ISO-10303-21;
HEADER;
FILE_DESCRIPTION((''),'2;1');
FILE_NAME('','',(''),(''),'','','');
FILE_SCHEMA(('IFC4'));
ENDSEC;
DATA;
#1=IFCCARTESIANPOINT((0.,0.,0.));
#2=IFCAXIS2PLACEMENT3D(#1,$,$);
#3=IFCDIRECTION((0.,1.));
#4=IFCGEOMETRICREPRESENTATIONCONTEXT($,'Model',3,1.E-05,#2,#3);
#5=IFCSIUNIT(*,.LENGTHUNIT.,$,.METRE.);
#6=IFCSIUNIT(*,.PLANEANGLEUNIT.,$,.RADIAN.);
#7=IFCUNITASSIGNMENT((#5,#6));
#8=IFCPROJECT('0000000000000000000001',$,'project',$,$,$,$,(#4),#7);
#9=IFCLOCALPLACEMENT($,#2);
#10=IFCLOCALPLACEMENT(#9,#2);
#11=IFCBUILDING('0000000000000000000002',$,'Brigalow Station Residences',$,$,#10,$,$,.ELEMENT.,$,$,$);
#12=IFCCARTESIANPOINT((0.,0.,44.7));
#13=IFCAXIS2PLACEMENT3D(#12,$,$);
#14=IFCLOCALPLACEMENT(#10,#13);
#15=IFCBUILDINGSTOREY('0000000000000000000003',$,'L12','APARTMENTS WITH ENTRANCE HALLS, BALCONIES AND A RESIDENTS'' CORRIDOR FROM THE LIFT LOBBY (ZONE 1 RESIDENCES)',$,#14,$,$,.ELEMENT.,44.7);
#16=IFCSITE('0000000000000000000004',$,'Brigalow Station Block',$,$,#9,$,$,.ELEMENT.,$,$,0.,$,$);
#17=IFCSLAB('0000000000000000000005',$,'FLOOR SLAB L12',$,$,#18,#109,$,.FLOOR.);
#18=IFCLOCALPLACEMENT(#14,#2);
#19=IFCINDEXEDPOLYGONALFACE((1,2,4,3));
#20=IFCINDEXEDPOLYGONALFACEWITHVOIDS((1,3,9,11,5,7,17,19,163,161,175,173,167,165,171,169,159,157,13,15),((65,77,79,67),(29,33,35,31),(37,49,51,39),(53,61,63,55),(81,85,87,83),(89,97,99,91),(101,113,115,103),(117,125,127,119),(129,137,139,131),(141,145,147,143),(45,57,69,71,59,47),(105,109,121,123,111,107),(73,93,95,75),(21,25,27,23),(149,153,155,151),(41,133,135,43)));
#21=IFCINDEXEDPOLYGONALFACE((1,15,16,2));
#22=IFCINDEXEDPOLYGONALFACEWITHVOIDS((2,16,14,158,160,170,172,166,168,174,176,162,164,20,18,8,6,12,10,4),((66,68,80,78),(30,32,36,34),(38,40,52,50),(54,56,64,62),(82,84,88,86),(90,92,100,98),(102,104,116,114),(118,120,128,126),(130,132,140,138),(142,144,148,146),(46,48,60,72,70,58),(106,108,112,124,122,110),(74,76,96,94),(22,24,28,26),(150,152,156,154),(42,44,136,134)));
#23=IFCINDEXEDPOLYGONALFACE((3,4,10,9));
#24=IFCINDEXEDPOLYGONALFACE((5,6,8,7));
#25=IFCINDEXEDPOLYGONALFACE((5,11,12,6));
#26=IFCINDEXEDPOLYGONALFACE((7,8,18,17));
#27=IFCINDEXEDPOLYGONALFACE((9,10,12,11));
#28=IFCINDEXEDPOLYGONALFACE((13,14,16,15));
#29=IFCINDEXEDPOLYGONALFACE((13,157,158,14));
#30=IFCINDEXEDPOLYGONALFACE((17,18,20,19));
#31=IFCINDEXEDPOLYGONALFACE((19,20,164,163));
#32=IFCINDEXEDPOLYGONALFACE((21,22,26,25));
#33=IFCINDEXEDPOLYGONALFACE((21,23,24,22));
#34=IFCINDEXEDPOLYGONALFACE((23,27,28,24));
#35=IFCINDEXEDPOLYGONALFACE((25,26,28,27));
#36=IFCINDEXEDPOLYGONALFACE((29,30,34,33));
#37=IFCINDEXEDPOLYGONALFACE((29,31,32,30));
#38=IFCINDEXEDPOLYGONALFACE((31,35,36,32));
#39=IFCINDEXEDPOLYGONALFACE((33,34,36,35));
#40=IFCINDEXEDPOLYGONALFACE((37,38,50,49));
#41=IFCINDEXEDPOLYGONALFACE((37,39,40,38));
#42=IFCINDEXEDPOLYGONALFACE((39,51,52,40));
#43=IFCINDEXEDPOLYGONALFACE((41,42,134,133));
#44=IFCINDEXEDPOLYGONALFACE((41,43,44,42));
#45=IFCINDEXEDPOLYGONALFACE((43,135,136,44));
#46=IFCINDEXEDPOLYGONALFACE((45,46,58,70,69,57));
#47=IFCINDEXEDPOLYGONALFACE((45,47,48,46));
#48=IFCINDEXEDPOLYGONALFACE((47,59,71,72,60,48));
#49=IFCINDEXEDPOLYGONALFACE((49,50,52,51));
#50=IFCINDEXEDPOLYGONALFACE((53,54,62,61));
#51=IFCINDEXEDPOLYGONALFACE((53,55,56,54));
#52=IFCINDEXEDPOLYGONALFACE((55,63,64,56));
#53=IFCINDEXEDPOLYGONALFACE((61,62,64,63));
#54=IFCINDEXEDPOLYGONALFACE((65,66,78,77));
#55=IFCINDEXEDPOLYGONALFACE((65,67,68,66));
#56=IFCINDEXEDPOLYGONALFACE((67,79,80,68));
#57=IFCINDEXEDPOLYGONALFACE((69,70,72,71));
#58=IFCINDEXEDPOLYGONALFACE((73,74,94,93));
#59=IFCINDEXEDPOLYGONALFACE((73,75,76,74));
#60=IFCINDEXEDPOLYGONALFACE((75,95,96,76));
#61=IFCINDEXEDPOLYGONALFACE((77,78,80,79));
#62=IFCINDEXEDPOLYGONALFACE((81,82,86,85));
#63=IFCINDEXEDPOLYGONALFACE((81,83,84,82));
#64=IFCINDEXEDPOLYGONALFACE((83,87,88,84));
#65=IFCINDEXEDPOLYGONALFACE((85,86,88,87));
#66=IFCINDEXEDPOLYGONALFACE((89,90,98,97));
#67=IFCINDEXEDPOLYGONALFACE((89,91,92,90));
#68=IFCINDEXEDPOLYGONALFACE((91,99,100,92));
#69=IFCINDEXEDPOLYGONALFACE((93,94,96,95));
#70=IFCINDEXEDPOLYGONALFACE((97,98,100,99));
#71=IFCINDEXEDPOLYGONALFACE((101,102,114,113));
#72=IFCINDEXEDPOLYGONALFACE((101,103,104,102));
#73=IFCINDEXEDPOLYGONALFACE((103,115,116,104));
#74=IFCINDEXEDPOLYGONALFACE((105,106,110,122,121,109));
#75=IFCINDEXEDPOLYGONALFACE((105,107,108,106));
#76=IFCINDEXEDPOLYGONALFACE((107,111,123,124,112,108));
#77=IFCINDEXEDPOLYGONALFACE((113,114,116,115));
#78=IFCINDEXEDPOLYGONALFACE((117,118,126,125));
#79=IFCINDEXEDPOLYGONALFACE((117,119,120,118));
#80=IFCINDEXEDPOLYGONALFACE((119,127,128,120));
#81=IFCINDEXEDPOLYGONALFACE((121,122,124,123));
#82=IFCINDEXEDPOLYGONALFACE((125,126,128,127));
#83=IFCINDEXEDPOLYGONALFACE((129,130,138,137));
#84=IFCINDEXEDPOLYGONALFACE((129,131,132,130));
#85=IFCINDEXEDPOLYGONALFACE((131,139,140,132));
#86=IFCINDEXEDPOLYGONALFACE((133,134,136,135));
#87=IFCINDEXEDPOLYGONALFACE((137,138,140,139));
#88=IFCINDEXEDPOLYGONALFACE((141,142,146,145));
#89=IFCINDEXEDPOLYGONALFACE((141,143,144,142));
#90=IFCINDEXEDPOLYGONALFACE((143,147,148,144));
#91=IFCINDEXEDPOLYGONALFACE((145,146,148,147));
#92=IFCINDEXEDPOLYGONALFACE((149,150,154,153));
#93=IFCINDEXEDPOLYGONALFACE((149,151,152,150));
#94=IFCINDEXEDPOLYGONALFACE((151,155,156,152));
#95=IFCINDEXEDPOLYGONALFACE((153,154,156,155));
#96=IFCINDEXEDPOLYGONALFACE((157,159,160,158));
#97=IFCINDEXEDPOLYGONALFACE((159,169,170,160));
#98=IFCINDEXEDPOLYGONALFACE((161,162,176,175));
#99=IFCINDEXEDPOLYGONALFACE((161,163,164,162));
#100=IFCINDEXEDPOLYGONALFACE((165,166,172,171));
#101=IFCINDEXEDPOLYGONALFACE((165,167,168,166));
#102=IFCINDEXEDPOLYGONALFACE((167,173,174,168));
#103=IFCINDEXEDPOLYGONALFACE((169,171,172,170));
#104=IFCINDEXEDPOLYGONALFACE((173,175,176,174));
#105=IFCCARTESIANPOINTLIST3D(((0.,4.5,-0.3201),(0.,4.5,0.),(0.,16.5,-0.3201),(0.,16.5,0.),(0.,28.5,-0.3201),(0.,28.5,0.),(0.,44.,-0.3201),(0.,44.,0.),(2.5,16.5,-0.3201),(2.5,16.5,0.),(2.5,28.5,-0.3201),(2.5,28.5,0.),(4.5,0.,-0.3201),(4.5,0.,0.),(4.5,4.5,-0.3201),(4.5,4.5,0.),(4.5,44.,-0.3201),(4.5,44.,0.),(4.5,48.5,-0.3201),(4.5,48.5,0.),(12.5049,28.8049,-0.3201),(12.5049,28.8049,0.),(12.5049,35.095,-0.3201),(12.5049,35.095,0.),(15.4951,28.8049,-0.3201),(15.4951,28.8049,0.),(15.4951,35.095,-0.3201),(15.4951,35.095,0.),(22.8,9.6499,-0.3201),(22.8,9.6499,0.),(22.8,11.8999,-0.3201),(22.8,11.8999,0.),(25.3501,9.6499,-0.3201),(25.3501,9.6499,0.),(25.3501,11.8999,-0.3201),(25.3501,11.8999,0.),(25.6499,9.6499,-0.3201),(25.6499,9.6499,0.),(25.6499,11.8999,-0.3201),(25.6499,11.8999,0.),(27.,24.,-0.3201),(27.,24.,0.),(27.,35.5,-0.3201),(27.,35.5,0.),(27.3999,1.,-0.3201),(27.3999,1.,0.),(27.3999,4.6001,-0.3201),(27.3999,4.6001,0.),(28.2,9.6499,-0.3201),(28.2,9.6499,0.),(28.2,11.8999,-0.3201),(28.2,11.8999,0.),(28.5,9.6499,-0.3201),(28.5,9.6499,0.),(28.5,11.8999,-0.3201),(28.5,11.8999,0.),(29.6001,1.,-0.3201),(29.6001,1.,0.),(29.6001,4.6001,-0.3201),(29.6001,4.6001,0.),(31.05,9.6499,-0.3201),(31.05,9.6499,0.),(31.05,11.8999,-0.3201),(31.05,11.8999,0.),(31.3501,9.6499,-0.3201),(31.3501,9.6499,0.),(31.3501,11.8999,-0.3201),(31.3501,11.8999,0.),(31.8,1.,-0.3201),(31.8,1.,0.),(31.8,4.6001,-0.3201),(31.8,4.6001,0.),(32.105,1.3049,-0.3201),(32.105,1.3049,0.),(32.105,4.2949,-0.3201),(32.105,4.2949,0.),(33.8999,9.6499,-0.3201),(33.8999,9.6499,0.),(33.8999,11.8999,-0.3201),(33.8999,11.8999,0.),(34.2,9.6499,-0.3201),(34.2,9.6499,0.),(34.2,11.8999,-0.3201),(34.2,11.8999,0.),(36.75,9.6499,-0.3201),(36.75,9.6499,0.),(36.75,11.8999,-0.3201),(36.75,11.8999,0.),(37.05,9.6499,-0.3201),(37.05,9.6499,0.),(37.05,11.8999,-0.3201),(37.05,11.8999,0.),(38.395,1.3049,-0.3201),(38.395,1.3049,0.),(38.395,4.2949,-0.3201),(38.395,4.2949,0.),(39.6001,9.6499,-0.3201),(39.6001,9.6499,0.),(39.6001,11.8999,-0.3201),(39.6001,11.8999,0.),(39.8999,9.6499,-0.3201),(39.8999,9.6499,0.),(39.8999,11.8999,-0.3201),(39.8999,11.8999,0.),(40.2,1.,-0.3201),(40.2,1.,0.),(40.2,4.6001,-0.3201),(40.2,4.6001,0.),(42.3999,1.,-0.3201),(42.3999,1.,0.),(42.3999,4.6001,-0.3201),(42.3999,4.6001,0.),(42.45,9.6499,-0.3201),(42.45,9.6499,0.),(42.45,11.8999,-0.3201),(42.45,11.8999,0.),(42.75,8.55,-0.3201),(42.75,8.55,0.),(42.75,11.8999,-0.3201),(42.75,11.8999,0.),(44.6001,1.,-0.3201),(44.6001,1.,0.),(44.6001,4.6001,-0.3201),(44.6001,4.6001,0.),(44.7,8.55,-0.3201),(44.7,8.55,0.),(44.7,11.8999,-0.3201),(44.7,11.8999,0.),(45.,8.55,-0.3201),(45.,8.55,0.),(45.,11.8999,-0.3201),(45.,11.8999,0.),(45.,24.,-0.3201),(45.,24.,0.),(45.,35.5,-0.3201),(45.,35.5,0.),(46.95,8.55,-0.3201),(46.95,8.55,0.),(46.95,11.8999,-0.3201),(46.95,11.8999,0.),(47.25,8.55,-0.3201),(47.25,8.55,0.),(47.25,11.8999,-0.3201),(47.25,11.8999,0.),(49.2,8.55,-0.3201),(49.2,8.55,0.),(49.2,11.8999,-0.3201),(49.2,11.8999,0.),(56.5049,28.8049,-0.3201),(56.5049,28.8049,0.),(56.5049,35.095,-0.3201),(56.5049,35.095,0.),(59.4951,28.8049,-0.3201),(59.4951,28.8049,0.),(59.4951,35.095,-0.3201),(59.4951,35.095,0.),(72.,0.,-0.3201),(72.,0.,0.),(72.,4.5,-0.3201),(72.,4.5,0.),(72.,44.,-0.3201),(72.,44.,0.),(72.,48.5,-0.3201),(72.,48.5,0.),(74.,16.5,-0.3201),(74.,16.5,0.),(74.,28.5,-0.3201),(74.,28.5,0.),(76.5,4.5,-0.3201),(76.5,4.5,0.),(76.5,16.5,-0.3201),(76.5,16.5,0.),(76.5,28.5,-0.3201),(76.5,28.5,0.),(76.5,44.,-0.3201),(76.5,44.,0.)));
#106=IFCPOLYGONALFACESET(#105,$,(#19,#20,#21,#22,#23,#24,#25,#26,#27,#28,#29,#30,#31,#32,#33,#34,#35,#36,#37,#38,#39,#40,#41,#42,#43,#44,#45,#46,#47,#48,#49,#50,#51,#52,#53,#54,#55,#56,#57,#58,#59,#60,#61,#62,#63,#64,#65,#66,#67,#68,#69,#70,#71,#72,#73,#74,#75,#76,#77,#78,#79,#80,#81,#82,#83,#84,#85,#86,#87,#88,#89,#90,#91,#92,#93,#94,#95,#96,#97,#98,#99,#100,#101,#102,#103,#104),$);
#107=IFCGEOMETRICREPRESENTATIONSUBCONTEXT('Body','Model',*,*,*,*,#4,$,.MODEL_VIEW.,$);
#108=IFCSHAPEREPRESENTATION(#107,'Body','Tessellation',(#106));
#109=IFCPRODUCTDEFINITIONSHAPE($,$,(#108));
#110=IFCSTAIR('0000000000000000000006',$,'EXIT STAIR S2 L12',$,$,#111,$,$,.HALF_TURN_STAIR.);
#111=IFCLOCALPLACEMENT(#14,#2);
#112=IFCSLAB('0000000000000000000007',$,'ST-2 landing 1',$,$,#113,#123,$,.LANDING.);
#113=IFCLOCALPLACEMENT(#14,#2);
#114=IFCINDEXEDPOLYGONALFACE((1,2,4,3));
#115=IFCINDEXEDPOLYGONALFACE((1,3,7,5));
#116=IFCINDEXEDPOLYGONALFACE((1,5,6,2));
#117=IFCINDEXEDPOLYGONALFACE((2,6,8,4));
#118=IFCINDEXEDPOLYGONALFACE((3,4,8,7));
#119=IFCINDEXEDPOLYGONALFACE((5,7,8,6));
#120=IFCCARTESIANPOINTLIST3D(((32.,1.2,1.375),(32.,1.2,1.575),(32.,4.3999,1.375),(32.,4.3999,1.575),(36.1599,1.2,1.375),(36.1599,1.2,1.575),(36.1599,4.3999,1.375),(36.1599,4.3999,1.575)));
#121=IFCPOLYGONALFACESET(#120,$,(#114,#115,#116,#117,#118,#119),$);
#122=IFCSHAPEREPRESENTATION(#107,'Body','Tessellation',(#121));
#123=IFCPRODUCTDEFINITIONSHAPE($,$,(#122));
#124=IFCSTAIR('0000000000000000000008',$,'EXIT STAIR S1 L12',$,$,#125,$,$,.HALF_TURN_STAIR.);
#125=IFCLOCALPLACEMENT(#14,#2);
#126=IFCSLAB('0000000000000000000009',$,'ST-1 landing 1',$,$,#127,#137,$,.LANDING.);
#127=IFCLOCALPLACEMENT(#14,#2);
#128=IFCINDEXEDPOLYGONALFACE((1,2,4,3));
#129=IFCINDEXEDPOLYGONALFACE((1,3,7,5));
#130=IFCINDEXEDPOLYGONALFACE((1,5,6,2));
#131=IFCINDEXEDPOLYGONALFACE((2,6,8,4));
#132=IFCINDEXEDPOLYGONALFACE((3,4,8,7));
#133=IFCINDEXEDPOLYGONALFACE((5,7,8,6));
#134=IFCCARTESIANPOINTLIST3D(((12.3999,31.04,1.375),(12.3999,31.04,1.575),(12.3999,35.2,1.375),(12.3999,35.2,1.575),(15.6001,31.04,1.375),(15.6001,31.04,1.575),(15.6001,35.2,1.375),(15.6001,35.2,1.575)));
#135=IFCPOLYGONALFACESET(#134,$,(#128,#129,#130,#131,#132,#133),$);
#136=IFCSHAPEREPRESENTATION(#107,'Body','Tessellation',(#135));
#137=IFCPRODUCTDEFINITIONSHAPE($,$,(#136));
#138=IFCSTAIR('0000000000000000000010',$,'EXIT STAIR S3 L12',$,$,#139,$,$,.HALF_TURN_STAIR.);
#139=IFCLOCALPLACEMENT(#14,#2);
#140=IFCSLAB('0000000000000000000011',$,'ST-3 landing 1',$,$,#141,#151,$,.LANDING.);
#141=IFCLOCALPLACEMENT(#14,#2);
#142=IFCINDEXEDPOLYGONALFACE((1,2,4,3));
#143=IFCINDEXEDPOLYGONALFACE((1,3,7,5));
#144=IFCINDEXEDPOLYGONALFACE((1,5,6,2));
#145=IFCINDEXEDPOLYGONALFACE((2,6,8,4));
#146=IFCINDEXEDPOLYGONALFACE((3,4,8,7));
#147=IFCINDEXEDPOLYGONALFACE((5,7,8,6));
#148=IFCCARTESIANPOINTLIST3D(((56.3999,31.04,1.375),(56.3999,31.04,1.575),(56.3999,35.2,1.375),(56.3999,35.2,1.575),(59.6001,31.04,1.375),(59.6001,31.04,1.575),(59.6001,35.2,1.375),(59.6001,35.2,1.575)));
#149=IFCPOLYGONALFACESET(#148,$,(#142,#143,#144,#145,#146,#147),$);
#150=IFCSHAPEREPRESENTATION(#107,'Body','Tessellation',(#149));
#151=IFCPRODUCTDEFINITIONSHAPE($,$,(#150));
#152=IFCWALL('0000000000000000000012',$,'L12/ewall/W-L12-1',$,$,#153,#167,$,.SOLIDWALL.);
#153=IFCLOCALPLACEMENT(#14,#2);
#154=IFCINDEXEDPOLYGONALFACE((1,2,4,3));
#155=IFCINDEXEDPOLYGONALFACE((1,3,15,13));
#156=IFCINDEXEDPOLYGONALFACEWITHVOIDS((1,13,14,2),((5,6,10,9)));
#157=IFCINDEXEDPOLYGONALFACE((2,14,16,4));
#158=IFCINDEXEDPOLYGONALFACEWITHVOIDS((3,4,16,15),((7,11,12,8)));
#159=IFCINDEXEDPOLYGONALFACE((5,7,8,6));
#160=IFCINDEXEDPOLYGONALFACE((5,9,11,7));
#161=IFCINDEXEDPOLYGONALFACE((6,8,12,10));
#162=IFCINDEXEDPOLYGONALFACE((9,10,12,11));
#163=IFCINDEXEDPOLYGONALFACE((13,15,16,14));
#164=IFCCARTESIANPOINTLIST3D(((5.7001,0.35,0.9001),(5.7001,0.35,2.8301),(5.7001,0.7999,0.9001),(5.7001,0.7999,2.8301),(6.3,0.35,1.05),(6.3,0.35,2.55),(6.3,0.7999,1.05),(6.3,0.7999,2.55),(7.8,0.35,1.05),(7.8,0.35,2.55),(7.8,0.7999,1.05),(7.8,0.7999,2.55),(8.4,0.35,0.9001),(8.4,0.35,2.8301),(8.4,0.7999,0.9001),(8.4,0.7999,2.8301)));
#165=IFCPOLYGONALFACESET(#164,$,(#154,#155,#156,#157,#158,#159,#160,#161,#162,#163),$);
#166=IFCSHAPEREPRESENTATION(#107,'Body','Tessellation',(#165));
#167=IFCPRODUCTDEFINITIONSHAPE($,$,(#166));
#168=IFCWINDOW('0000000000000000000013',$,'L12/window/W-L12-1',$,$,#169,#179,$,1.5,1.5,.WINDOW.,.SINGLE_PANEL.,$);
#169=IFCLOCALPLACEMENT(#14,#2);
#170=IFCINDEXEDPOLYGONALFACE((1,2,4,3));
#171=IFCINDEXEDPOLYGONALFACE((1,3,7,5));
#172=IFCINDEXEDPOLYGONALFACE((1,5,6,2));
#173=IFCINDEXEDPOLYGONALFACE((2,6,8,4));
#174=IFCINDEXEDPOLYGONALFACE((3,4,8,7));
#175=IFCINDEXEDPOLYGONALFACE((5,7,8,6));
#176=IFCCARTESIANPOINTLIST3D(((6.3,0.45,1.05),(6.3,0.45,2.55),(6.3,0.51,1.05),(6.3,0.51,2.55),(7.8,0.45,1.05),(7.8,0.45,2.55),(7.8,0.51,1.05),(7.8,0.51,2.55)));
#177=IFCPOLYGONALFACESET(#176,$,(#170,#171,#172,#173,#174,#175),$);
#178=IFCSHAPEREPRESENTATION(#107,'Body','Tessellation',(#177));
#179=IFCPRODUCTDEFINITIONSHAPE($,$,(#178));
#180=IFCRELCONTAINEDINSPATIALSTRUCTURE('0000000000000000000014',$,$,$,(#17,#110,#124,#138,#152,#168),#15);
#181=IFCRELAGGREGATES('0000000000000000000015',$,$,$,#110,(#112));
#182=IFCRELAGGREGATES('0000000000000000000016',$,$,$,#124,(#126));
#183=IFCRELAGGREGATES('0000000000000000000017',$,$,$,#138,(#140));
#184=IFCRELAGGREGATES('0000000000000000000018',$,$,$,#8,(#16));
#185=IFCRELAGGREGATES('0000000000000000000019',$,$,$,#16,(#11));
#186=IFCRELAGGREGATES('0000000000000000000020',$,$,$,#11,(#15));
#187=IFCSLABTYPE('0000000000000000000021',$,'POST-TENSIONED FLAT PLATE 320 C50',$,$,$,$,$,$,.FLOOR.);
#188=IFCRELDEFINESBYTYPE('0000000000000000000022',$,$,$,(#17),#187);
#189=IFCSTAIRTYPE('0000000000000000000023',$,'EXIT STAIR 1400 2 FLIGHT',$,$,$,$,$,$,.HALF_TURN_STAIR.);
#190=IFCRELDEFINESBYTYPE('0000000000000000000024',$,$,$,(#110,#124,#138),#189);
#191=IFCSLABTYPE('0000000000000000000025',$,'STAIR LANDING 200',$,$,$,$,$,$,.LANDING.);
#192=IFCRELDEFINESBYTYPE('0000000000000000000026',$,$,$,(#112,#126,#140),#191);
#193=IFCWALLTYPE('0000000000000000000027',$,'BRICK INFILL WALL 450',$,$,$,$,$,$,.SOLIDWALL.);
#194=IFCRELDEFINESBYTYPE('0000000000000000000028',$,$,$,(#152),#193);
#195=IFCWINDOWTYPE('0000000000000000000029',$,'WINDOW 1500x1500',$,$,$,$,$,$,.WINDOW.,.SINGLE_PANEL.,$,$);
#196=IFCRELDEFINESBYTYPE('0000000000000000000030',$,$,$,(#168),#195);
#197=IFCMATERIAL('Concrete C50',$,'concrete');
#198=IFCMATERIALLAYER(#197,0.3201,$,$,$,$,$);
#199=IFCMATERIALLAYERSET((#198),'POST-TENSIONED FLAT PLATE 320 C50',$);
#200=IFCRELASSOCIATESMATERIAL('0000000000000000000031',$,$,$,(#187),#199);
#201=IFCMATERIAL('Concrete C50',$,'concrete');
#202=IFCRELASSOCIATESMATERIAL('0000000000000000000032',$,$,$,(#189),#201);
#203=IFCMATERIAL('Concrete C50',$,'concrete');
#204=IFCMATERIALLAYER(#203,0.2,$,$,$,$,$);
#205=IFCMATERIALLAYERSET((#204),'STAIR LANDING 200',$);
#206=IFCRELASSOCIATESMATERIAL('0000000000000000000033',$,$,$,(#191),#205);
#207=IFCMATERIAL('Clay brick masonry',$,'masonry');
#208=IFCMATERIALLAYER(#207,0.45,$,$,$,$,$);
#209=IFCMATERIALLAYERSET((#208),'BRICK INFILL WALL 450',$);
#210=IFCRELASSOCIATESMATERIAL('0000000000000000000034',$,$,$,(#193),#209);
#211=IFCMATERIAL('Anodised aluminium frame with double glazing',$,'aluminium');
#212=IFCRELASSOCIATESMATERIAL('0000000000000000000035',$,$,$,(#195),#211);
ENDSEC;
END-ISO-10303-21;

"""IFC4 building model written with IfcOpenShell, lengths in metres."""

from ifc_helpers import new_model, si_unit, direction, frame, frame_2d, origin, place, context, subcontext, project, spatial, polyline, rectangle, outline, extrude, material, layer, layer_set, type_object, element, fill, aggregate, save


model = new_model("IFC4")

# Units and contexts
model_context = context("Model", 3, precision=1e-05, world=origin(), true_north=direction((0.0, 1.0)))
body_context = subcontext(model_context, "Body", "Model", "MODEL_VIEW")
ifc_project = project(units=[si_unit("LENGTHUNIT", "METRE"), si_unit("PLANEANGLEUNIT", "RADIAN")], contexts=[model_context])

# Site, building, storey
site_placement = place(None, origin())
site = spatial("IfcSite", under=ifc_project, at=site_placement, Name="Brigalow Station Block", CompositionType="ELEMENT", RefElevation=0.0)
building_placement = place(site_placement, origin())
building = spatial("IfcBuilding", under=site, at=building_placement, Name="Brigalow Station Residences", CompositionType="ELEMENT")
storey_placement = place(building_placement, frame((0.0, 0.0, 44.7)))
storey = spatial("IfcBuildingStorey", under=building, at=storey_placement, Name="L12", Description="APARTMENTS WITH ENTRANCE HALLS, BALCONIES AND A RESIDENTS' CORRIDOR FROM THE LIFT LOBBY (ZONE 1 RESIDENCES)", CompositionType="ELEMENT", Elevation=44.7)

# Slab
ifc_material_1 = material(Name="Concrete C50", Category="concrete")
ifc_layer_1 = layer(ifc_material_1, 0.3201)
ifc_layer_set_1 = layer_set([ifc_layer_1], Name="POST-TENSIONED FLAT PLATE 320 C50")
slab_type_1 = type_object("IfcSlabType", Name="POST-TENSIONED FLAT PLATE 320 C50", PredefinedType="FLOOR", material=ifc_layer_set_1)
slab_1_placement = place(storey_placement, frame((0.0, 0.0, -0.3201)))
element("IfcSlab", 1, at=slab_1_placement, inside=storey, type_object=slab_type_1, Name="FLOOR SLAB L12", PredefinedType="FLOOR", context=body_context, shape_type="SweptSolid", body=[
    extrude(outline(polyline([(4.5, 0.0), (72.0, 0.0), (72.0, 4.5), (76.5, 4.5), (76.5, 16.5), (74.0, 16.5), (74.0, 28.5), (76.5, 28.5), (76.5, 44.0), (72.0, 44.0), (72.0, 48.5), (4.5, 48.5), (4.5, 44.0), (0.0, 44.0), (0.0, 28.5), (2.5, 28.5), (2.5, 16.5), (0.0, 16.5), (0.0, 4.5), (4.5, 4.5), (4.5, 0.0)]), holes=[polyline([(15.4951, 35.095), (15.4951, 28.8049), (12.5049, 28.8049), (12.5049, 35.095), (15.4951, 35.095)]), polyline([(22.8, 11.8999), (25.3501, 11.8999), (25.3501, 9.6499), (22.8, 9.6499), (22.8, 11.8999)]), polyline([(25.6499, 11.8999), (28.2, 11.8999), (28.2, 9.6499), (25.6499, 9.6499), (25.6499, 11.8999)]), polyline([(28.5, 11.8999), (31.05, 11.8999), (31.05, 9.6499), (28.5, 9.6499), (28.5, 11.8999)]), polyline([(29.6001, 1.0), (27.3999, 1.0), (27.3999, 4.6001), (29.6001, 4.6001), (31.8, 4.6001), (31.8, 1.0), (29.6001, 1.0)]), polyline([(31.3501, 11.8999), (33.8999, 11.8999), (33.8999, 9.6499), (31.3501, 9.6499), (31.3501, 11.8999)]), polyline([(32.105, 4.2949), (38.395, 4.2949), (38.395, 1.3049), (32.105, 1.3049), (32.105, 4.2949)]), polyline([(36.75, 11.8999), (36.75, 9.6499), (34.2, 9.6499), (34.2, 11.8999), (36.75, 11.8999)]), polyline([(37.05, 11.8999), (39.6001, 11.8999), (39.6001, 9.6499), (37.05, 9.6499), (37.05, 11.8999)]), polyline([(39.8999, 11.8999), (42.45, 11.8999), (42.45, 9.6499), (39.8999, 9.6499), (39.8999, 11.8999)]), polyline([(42.3999, 1.0), (40.2, 1.0), (40.2, 4.6001), (42.3999, 4.6001), (44.6001, 4.6001), (44.6001, 1.0), (42.3999, 1.0)]), polyline([(42.75, 11.8999), (44.7, 11.8999), (44.7, 8.55), (42.75, 8.55), (42.75, 11.8999)]), polyline([(45.0, 11.8999), (46.95, 11.8999), (46.95, 8.55), (45.0, 8.55), (45.0, 11.8999)]), polyline([(45.0, 35.5), (45.0, 24.0), (27.0, 24.0), (27.0, 35.5), (45.0, 35.5)]), polyline([(47.25, 11.8999), (49.2, 11.8999), (49.2, 8.55), (47.25, 8.55), (47.25, 11.8999)]), polyline([(59.4951, 35.095), (59.4951, 28.8049), (56.5049, 28.8049), (56.5049, 35.095), (59.4951, 35.095)])]), origin(), (0.0, 0.0, 1.0), 0.3201),
])

# Stairs, slabs
ifc_material_2 = material(Name="Concrete C50", Category="concrete")
stair_type = type_object("IfcStairType", Name="EXIT STAIR 1400 2 FLIGHT", PredefinedType="HALF_TURN_STAIR", material=ifc_material_2)
stair_1_placement = place(storey_placement, origin())
stair_1 = element("IfcStair", 2, at=stair_1_placement, inside=storey, type_object=stair_type, Name="EXIT STAIR S2 L12", PredefinedType="HALF_TURN_STAIR")
ifc_material_3 = material(Name="Concrete C50", Category="concrete")
ifc_layer_2 = layer(ifc_material_3, 0.2)
ifc_layer_set_2 = layer_set([ifc_layer_2], Name="STAIR LANDING 200")
slab_type_2 = type_object("IfcSlabType", Name="STAIR LANDING 200", PredefinedType="LANDING", material=ifc_layer_set_2)
slab_2_placement = place(storey_placement, frame((0.0, 0.0, 1.375)))
slab_2 = element("IfcSlab", 3, at=slab_2_placement, type_object=slab_type_2, Name="ST-2 landing 1", PredefinedType="LANDING", context=body_context, shape_type="SweptSolid", body=[
    extrude(outline(polyline([(32.0, 1.2), (36.1599, 1.2), (36.1599, 4.3999), (32.0, 4.3999), (32.0, 1.2)])), origin(), (0.0, 0.0, 1.0), 0.2),
])
aggregate(stair_1, [slab_2])
stair_2_placement = place(storey_placement, origin())
stair_2 = element("IfcStair", 4, at=stair_2_placement, inside=storey, type_object=stair_type, Name="EXIT STAIR S1 L12", PredefinedType="HALF_TURN_STAIR")
slab_3_placement = place(storey_placement, frame((0.0, 0.0, 1.375)))
slab_3 = element("IfcSlab", 5, at=slab_3_placement, type_object=slab_type_2, Name="ST-1 landing 1", PredefinedType="LANDING", context=body_context, shape_type="SweptSolid", body=[
    extrude(outline(polyline([(12.3999, 31.04), (15.6001, 31.04), (15.6001, 35.2), (12.3999, 35.2), (12.3999, 31.04)])), origin(), (0.0, 0.0, 1.0), 0.2),
])
aggregate(stair_2, [slab_3])
stair_3_placement = place(storey_placement, origin())
stair_3 = element("IfcStair", 6, at=stair_3_placement, inside=storey, type_object=stair_type, Name="EXIT STAIR S3 L12", PredefinedType="HALF_TURN_STAIR")
slab_4_placement = place(storey_placement, frame((0.0, 0.0, 1.375)))
slab_4 = element("IfcSlab", 7, at=slab_4_placement, type_object=slab_type_2, Name="ST-3 landing 1", PredefinedType="LANDING", context=body_context, shape_type="SweptSolid", body=[
    extrude(outline(polyline([(56.3999, 31.04), (59.6001, 31.04), (59.6001, 35.2), (56.3999, 35.2), (56.3999, 31.04)])), origin(), (0.0, 0.0, 1.0), 0.2),
])
aggregate(stair_3, [slab_4])

# Wall, opening, window
ifc_material_4 = material(Name="Clay brick masonry", Category="masonry")
ifc_layer_3 = layer(ifc_material_4, 0.45)
ifc_layer_set_3 = layer_set([ifc_layer_3], Name="BRICK INFILL WALL 450")
wall_type_1 = type_object("IfcWallType", Name="BRICK INFILL WALL 450", PredefinedType="SOLIDWALL", material=ifc_layer_set_3)
wall_1_placement = place(storey_placement, frame((5.7, 0.575, 0.9001), z_axis=(0.0, 0.0, 1.0), x_axis=(1.0, 0.0, 0.0)))
wall_1 = element("IfcWall", 8, at=wall_1_placement, inside=storey, type_object=wall_type_1, Name="L12/ewall/W-L12-1", PredefinedType="SOLIDWALL", context=body_context, shape_type="SweptSolid", body=[
    extrude(rectangle(XDim=2.7, YDim=0.45, at=frame_2d((1.3501, 0.0))), origin(), (0.0, 0.0, 1.0), 1.9299),
])
opening_1_placement = place(wall_1_placement, frame((0.6001, 0.0, 0.1499)))
opening_1 = element("IfcOpeningElement", 9, at=opening_1_placement, cuts=wall_1, PredefinedType="OPENING", context=body_context, shape_type="SweptSolid", body=[
    extrude(rectangle(XDim=1.5, YDim=1.5, at=frame_2d((0.75, 0.75))), frame((0.0, 0.2349, 0.0), z_axis=(0.0, -1.0, 0.0), x_axis=(1.0, 0.0, 0.0)), (0.0, 0.0, 1.0), 0.47),
])
ifc_material_5 = material(Name="Anodised aluminium frame with double glazing", Category="aluminium")
window_type_1 = type_object("IfcWindowType", Name="WINDOW 1500x1500", PartitioningType="SINGLE_PANEL", PredefinedType="WINDOW", material=ifc_material_5)
window_1_placement = place(opening_1_placement, origin())
window_1 = element("IfcWindow", 10, at=window_1_placement, inside=storey, type_object=window_type_1, Name="L12/window/W-L12-1", OverallHeight=1.5, OverallWidth=1.5, PartitioningType="SINGLE_PANEL", PredefinedType="WINDOW", context=body_context, shape_type="SweptSolid", body=[
    extrude(rectangle(XDim=1.5, YDim=1.5, at=frame_2d((0.75, 0.75))), frame((0.0, -0.0649, 0.0), z_axis=(0.0, -1.0, 0.0), x_axis=(1.0, 0.0, 0.0)), (0.0, 0.0, 1.0), 0.0601),
])
fill(opening_1, window_1)

save(model, "model.ifc")
